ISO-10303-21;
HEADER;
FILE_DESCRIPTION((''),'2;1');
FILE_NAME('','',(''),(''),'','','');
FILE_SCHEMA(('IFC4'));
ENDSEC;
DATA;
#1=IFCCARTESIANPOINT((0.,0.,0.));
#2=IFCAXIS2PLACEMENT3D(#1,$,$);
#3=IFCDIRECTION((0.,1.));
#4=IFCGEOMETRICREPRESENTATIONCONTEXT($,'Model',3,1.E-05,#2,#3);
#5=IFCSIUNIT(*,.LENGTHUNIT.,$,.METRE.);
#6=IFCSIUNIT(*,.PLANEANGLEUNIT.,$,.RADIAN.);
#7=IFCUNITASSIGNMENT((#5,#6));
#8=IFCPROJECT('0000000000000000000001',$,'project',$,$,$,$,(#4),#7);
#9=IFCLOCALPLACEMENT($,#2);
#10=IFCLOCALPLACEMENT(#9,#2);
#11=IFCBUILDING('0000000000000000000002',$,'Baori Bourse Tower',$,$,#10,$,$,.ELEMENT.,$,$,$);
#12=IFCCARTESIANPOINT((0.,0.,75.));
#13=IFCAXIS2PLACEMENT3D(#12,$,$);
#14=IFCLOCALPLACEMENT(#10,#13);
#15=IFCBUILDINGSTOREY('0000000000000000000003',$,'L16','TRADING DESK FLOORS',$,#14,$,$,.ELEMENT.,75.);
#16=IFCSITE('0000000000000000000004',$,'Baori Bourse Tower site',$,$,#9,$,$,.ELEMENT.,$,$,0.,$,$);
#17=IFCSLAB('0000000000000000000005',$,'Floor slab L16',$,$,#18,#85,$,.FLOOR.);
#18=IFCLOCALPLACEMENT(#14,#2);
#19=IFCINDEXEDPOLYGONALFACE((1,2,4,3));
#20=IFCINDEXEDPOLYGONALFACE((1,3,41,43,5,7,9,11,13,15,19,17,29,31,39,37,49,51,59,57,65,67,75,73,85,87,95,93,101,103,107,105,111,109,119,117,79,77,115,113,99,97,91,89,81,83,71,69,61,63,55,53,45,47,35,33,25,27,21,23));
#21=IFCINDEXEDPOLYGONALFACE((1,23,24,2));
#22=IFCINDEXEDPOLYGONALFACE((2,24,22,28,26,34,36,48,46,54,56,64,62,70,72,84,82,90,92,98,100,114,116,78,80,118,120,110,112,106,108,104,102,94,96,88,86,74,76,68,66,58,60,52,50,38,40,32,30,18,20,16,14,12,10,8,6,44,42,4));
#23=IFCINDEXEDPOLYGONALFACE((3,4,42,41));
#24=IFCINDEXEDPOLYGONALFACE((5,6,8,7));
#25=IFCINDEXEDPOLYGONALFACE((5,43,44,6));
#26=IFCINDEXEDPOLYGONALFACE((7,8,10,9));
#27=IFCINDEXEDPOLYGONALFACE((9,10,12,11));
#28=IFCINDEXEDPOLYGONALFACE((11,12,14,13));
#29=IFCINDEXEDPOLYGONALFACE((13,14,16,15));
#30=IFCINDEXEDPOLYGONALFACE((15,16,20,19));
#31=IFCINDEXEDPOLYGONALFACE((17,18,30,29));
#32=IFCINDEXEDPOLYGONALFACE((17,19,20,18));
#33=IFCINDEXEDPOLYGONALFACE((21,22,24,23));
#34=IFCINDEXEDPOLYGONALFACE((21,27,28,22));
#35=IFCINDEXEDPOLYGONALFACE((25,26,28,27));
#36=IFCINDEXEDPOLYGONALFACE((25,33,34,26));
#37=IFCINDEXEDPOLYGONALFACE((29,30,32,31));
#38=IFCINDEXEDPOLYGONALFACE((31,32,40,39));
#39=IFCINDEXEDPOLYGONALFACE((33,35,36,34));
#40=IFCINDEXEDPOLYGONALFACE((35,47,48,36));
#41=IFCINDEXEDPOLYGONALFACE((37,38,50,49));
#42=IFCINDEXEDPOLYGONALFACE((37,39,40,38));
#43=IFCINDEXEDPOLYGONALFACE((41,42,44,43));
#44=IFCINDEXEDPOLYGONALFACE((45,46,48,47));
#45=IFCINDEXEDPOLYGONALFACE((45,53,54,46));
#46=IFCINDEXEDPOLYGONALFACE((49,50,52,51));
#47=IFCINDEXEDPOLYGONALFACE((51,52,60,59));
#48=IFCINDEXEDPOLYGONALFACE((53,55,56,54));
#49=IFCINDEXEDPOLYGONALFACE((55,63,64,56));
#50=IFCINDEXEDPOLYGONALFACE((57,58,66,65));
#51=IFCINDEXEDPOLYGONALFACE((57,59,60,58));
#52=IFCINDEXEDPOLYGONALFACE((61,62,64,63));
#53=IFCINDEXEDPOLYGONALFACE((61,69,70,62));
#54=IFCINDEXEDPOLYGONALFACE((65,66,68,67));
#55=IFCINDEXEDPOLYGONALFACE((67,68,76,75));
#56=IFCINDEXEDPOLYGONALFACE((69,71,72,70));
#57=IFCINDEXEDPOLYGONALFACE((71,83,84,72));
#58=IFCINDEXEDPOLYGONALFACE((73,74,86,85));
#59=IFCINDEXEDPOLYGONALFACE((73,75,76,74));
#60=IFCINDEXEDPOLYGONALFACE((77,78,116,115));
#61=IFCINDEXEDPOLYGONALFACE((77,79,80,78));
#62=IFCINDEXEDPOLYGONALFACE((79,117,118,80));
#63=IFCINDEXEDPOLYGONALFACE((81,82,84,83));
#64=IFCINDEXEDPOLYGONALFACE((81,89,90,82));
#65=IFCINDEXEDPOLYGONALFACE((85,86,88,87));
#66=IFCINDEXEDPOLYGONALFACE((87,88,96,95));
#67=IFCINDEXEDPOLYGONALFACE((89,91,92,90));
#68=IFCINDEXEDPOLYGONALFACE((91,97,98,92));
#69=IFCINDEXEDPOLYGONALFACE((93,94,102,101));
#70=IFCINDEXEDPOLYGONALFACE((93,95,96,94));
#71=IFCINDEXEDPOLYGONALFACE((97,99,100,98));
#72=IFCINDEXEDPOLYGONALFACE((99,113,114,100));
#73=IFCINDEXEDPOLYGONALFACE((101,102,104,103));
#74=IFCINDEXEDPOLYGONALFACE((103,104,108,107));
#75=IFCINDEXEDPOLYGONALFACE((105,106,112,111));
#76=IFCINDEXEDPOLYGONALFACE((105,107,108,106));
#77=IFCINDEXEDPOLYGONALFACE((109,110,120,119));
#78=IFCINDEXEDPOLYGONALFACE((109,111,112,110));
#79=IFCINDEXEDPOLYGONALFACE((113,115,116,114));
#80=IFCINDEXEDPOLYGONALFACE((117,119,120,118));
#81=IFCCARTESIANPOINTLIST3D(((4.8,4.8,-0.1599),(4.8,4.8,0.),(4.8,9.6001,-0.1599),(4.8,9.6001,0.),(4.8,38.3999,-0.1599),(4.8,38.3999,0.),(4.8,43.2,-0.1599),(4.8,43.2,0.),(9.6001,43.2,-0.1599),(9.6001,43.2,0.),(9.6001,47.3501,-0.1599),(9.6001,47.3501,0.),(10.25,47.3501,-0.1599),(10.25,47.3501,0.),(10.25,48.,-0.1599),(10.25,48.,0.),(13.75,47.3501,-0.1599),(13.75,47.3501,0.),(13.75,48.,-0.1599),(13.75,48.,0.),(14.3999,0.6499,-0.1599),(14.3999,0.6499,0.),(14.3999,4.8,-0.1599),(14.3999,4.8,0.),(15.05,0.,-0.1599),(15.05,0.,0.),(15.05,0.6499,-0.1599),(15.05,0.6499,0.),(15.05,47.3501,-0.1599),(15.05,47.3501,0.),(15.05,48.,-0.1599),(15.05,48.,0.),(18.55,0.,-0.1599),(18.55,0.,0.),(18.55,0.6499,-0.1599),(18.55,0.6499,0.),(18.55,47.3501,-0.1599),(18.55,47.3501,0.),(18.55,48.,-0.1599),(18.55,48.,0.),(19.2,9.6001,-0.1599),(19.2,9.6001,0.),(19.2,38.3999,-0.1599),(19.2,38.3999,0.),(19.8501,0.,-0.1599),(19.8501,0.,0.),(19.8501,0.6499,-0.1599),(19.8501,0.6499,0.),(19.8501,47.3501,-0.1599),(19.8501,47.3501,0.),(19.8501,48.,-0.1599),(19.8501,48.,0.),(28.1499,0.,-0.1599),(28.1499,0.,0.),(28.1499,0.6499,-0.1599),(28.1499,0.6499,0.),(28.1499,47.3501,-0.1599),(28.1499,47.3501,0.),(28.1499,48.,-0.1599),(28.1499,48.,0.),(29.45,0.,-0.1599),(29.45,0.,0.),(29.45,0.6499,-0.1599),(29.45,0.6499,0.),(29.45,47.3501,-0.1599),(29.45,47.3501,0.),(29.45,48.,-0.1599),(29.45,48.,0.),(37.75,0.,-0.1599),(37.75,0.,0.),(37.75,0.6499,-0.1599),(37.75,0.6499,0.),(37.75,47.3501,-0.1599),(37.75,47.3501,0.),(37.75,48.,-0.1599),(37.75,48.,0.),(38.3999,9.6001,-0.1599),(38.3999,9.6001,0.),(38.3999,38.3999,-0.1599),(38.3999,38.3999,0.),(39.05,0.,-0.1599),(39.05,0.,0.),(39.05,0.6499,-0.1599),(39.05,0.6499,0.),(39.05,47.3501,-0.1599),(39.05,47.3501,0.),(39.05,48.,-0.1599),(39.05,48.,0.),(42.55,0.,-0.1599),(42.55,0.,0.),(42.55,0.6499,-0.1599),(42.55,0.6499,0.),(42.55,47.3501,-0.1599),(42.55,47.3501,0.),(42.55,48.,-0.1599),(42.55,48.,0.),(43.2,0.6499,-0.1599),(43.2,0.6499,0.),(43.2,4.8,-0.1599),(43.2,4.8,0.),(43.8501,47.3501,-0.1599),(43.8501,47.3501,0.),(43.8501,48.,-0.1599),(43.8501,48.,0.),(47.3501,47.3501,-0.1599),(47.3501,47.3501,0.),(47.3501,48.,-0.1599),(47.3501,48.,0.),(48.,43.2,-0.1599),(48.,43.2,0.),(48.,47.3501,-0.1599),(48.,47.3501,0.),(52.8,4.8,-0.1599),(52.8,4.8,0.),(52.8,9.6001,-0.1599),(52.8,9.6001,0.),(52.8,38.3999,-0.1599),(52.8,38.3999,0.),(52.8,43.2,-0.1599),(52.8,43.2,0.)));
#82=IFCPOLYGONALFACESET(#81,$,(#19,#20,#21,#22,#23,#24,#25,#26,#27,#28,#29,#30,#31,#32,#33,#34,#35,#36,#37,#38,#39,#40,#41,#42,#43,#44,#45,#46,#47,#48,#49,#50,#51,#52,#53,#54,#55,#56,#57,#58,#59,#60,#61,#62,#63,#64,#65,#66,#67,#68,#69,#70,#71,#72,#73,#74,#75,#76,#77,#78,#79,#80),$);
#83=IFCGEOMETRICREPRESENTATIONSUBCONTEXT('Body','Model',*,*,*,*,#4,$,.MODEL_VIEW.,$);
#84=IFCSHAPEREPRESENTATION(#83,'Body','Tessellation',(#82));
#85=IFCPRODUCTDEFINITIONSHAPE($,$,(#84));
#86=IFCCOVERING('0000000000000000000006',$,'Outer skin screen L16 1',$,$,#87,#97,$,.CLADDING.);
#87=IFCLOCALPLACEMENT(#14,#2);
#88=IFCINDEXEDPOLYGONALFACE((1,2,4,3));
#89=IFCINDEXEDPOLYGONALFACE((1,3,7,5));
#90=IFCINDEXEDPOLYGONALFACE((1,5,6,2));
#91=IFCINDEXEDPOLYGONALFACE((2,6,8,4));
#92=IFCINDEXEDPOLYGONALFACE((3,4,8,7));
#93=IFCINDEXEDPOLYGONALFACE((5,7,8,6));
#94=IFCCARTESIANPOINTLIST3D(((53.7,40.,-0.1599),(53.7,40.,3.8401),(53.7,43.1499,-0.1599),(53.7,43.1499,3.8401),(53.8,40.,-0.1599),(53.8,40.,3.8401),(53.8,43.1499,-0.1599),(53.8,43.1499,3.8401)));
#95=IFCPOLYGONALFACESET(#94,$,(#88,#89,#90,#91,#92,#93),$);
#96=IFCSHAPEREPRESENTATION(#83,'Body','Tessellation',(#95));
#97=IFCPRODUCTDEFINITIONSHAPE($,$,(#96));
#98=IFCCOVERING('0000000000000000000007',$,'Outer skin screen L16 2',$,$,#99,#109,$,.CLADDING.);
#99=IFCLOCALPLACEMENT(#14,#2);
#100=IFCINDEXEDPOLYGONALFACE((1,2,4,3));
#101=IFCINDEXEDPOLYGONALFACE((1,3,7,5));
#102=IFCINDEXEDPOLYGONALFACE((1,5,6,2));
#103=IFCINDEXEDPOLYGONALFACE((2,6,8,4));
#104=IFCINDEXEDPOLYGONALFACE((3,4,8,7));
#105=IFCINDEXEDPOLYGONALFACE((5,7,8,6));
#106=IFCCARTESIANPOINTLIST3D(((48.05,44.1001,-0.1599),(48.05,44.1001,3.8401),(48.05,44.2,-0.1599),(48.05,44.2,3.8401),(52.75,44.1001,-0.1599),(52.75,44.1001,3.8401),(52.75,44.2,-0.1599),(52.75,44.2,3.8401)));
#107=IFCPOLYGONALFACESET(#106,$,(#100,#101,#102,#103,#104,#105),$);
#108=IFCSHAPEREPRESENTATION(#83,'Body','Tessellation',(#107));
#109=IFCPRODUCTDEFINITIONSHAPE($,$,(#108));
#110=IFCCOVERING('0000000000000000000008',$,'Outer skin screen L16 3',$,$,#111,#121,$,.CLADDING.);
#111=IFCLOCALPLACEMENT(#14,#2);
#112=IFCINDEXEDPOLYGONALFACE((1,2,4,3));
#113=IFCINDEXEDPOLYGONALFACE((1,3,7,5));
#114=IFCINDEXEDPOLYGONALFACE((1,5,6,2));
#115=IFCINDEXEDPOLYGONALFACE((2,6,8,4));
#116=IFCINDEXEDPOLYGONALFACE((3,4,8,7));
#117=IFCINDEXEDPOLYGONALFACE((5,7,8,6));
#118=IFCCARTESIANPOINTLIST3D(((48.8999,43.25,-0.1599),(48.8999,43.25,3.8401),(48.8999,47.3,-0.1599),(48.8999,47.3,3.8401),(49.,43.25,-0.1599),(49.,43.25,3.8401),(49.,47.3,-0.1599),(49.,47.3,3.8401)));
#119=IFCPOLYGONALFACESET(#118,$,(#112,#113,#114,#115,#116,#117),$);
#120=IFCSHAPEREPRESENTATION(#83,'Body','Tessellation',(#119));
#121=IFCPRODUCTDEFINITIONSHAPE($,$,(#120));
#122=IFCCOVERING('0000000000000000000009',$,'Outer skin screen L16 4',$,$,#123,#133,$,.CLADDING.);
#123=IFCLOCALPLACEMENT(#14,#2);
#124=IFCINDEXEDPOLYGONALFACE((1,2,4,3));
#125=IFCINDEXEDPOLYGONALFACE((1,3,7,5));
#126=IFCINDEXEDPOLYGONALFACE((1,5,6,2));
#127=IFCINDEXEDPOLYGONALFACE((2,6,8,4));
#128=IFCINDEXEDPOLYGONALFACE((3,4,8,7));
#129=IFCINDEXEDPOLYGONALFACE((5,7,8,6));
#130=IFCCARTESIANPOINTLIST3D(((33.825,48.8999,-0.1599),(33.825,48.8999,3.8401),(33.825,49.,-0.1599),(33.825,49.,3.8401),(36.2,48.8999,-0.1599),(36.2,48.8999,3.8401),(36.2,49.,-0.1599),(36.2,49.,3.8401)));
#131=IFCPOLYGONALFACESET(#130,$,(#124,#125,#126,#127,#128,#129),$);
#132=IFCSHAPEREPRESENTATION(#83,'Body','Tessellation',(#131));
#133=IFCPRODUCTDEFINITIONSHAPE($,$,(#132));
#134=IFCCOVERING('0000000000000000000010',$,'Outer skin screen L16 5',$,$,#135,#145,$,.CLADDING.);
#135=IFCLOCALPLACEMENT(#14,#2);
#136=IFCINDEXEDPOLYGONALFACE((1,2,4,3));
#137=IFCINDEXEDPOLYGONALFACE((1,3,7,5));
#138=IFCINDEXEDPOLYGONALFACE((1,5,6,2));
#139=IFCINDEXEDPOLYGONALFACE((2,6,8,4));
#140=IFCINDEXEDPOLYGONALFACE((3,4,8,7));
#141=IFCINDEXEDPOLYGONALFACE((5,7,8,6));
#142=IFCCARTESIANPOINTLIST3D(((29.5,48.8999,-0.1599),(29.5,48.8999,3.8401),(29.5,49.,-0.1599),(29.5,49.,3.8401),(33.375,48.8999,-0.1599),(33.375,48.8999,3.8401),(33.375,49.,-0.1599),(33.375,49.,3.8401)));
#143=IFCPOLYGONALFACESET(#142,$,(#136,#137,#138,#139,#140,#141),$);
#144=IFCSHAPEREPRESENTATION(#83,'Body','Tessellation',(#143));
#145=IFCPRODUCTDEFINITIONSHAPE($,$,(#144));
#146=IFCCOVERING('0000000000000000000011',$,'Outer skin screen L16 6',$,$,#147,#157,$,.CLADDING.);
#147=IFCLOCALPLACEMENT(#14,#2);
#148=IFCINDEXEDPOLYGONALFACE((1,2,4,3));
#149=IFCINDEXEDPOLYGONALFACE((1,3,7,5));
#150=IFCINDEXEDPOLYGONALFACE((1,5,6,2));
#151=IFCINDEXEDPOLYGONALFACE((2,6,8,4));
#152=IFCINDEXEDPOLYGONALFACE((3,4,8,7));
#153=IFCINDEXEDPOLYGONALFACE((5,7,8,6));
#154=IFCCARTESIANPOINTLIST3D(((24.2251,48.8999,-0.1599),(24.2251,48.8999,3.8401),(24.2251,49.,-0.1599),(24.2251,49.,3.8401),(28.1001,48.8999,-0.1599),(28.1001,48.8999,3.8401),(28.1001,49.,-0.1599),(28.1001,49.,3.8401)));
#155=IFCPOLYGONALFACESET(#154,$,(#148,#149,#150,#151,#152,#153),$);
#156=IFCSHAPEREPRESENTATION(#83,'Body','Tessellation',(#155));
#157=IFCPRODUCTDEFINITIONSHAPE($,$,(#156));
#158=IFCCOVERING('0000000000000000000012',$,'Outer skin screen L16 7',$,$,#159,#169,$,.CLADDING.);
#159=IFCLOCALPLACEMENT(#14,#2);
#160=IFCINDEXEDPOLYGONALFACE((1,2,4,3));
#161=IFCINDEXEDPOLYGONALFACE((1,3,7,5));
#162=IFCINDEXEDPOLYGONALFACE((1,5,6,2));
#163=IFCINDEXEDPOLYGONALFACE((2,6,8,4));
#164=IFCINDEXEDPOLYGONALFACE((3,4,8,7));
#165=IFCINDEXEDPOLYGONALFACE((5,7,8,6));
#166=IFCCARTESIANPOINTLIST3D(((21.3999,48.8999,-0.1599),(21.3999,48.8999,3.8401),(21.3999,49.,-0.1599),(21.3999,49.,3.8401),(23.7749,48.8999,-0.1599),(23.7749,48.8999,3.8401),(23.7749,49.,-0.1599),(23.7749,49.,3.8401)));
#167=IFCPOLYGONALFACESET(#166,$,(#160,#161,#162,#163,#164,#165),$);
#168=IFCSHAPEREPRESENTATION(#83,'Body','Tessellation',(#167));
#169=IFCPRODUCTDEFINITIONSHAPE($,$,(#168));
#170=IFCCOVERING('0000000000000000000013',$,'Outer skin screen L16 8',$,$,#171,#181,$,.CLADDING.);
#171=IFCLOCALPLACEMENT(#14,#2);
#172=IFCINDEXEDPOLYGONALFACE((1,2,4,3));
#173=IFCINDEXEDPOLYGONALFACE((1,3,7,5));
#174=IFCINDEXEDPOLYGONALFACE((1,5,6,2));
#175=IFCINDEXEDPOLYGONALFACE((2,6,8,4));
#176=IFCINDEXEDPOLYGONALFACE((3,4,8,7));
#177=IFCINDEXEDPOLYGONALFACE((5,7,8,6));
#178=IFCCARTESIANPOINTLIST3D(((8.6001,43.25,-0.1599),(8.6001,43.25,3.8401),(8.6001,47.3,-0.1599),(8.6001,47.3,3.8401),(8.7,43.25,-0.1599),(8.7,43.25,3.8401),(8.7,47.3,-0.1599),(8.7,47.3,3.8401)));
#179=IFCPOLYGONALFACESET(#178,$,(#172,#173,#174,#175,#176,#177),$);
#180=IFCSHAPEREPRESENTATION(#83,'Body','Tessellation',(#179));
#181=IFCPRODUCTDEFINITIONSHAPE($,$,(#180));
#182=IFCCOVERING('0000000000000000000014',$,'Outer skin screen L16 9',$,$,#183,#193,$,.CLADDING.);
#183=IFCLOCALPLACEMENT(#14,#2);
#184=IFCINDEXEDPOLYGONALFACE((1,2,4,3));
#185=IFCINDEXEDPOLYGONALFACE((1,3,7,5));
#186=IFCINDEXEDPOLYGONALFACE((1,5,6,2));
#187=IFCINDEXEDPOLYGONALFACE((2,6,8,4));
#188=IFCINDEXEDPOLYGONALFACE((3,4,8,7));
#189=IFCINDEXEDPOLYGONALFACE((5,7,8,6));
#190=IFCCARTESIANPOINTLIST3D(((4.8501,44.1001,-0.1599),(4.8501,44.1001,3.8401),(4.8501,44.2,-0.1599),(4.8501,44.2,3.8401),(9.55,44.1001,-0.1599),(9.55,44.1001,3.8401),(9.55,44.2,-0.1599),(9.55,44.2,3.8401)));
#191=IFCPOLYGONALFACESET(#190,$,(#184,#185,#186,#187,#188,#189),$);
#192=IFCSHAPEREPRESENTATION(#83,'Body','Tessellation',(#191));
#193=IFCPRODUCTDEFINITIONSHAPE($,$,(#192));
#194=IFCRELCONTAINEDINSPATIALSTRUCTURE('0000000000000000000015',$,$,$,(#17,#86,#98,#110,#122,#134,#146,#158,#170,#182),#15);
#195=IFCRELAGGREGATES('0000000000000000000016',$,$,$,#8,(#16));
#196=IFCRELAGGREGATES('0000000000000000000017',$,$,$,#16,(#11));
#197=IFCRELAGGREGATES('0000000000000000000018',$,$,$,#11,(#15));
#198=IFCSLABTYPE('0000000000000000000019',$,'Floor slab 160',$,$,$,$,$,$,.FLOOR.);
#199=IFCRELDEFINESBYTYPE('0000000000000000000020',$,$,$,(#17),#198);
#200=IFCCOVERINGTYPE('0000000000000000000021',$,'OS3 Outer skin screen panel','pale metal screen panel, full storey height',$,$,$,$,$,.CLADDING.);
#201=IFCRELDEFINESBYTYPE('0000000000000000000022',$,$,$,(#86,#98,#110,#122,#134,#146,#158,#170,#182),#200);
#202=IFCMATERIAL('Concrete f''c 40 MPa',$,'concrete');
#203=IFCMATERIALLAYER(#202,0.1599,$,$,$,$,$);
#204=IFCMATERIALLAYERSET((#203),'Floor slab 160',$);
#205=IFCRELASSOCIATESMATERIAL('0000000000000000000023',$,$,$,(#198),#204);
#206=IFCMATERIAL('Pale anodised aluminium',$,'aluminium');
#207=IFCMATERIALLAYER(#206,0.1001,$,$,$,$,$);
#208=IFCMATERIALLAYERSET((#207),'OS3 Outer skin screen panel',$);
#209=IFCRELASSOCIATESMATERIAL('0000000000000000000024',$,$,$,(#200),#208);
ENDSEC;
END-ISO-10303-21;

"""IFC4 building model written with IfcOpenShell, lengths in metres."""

from ifc_helpers import new_model, si_unit, direction, frame, origin, place, context, subcontext, project, spatial, polyline, outline, extrude, material, layer, layer_set, type_object, element, save


model = new_model("IFC4")

# Units and contexts
model_context = context("Model", 3, precision=1e-05, world=origin(), true_north=direction((0.0, 1.0)))
body_context = subcontext(model_context, "Body", "Model", "MODEL_VIEW")
ifc_project = project(units=[si_unit("LENGTHUNIT", "METRE"), si_unit("PLANEANGLEUNIT", "RADIAN")], contexts=[model_context])

# Site, building, storey
site_placement = place(None, origin())
site = spatial("IfcSite", under=ifc_project, at=site_placement, Name="Baori Bourse Tower site", CompositionType="ELEMENT", RefElevation=0.0)
building_placement = place(site_placement, origin())
building = spatial("IfcBuilding", under=site, at=building_placement, Name="Baori Bourse Tower", CompositionType="ELEMENT")
storey_placement = place(building_placement, frame((0.0, 0.0, 75.0)))
storey = spatial("IfcBuildingStorey", under=building, at=storey_placement, Name="L16", Description="TRADING DESK FLOORS", CompositionType="ELEMENT", Elevation=75.0)

# Slab
ifc_material_1 = material(Name="Concrete f'c 40 MPa", Category="concrete")
ifc_layer_1 = layer(ifc_material_1, 0.1599)
ifc_layer_set_1 = layer_set([ifc_layer_1], Name="Floor slab 160")
slab_type_1 = type_object("IfcSlabType", Name="Floor slab 160", PredefinedType="FLOOR", material=ifc_layer_set_1)
slab_1_placement = place(storey_placement, frame((0.0, 0.0, -0.1599)))
element("IfcSlab", 1, at=slab_1_placement, inside=storey, type_object=slab_type_1, Name="Floor slab L16", PredefinedType="FLOOR", context=body_context, shape_type="SweptSolid", body=[
    extrude(outline(polyline([(14.3999, 4.8), (4.8, 4.8), (4.8, 9.6001), (19.2, 9.6001), (19.2, 38.3999), (4.8, 38.3999), (4.8, 43.2), (9.6001, 43.2), (9.6001, 47.3501), (10.25, 47.3501), (10.25, 48.0), (13.75, 48.0), (13.75, 47.3501), (15.05, 47.3501), (15.05, 48.0), (18.55, 48.0), (18.55, 47.3501), (19.8501, 47.3501), (19.8501, 48.0), (28.1499, 48.0), (28.1499, 47.3501), (29.45, 47.3501), (29.45, 48.0), (37.75, 48.0), (37.75, 47.3501), (39.05, 47.3501), (39.05, 48.0), (42.55, 48.0), (42.55, 47.3501), (43.8501, 47.3501), (43.8501, 48.0), (47.3501, 48.0), (47.3501, 47.3501), (48.0, 47.3501), (48.0, 43.2), (52.8, 43.2), (52.8, 38.3999), (38.3999, 38.3999), (38.3999, 9.6001), (52.8, 9.6001), (52.8, 4.8), (43.2, 4.8), (43.2, 0.6499), (42.55, 0.6499), (42.55, 0.0), (39.05, 0.0), (39.05, 0.6499), (37.75, 0.6499), (37.75, 0.0), (29.45, 0.0), (29.45, 0.6499), (28.1499, 0.6499), (28.1499, 0.0), (19.8501, 0.0), (19.8501, 0.6499), (18.55, 0.6499), (18.55, 0.0), (15.05, 0.0), (15.05, 0.6499), (14.3999, 0.6499), (14.3999, 4.8)])), origin(), (0.0, 0.0, 1.0), 0.1599),
])

# Coverings
ifc_material_2 = material(Name="Pale anodised aluminium", Category="aluminium")
ifc_layer_2 = layer(ifc_material_2, 0.1001)
ifc_layer_set_2 = layer_set([ifc_layer_2], Name="OS3 Outer skin screen panel")
covering_type = type_object("IfcCoveringType", Name="OS3 Outer skin screen panel", Description="pale metal screen panel, full storey height", PredefinedType="CLADDING", material=ifc_layer_set_2)
covering_1_placement = place(storey_placement, frame((0.0, 0.0, -0.1599)))
element("IfcCovering", 2, at=covering_1_placement, inside=storey, type_object=covering_type, Name="Outer skin screen L16 1", PredefinedType="CLADDING", context=body_context, shape_type="SweptSolid", body=[
    extrude(outline(polyline([(53.7, 43.1499), (53.7, 40.0), (53.8, 40.0), (53.8, 43.1499), (53.7, 43.1499)])), origin(), (0.0, 0.0, 1.0), 4.0),
])
covering_2_placement = place(storey_placement, frame((0.0, 0.0, -0.1599)))
element("IfcCovering", 3, at=covering_2_placement, inside=storey, type_object=covering_type, Name="Outer skin screen L16 2", PredefinedType="CLADDING", context=body_context, shape_type="SweptSolid", body=[
    extrude(outline(polyline([(48.05, 44.1001), (52.75, 44.1001), (52.75, 44.2), (48.05, 44.2), (48.05, 44.1001)])), origin(), (0.0, 0.0, 1.0), 4.0),
])
covering_3_placement = place(storey_placement, frame((0.0, 0.0, -0.1599)))
element("IfcCovering", 4, at=covering_3_placement, inside=storey, type_object=covering_type, Name="Outer skin screen L16 3", PredefinedType="CLADDING", context=body_context, shape_type="SweptSolid", body=[
    extrude(outline(polyline([(48.8999, 47.3), (48.8999, 43.25), (49.0, 43.25), (49.0, 47.3), (48.8999, 47.3)])), origin(), (0.0, 0.0, 1.0), 4.0),
])
covering_4_placement = place(storey_placement, frame((0.0, 0.0, -0.1599)))
element("IfcCovering", 5, at=covering_4_placement, inside=storey, type_object=covering_type, Name="Outer skin screen L16 4", PredefinedType="CLADDING", context=body_context, shape_type="SweptSolid", body=[
    extrude(outline(polyline([(33.825, 48.8999), (36.2, 48.8999), (36.2, 49.0), (33.825, 49.0), (33.825, 48.8999)])), origin(), (0.0, 0.0, 1.0), 4.0),
])
covering_5_placement = place(storey_placement, frame((0.0, 0.0, -0.1599)))
element("IfcCovering", 6, at=covering_5_placement, inside=storey, type_object=covering_type, Name="Outer skin screen L16 5", PredefinedType="CLADDING", context=body_context, shape_type="SweptSolid", body=[
    extrude(outline(polyline([(29.5, 48.8999), (33.375, 48.8999), (33.375, 49.0), (29.5, 49.0), (29.5, 48.8999)])), origin(), (0.0, 0.0, 1.0), 4.0),
])
covering_6_placement = place(storey_placement, frame((0.0, 0.0, -0.1599)))
element("IfcCovering", 7, at=covering_6_placement, inside=storey, type_object=covering_type, Name="Outer skin screen L16 6", PredefinedType="CLADDING", context=body_context, shape_type="SweptSolid", body=[
    extrude(outline(polyline([(24.2251, 48.8999), (28.1001, 48.8999), (28.1001, 49.0), (24.2251, 49.0), (24.2251, 48.8999)])), origin(), (0.0, 0.0, 1.0), 4.0),
])
covering_7_placement = place(storey_placement, frame((0.0, 0.0, -0.1599)))
element("IfcCovering", 8, at=covering_7_placement, inside=storey, type_object=covering_type, Name="Outer skin screen L16 7", PredefinedType="CLADDING", context=body_context, shape_type="SweptSolid", body=[
    extrude(outline(polyline([(21.3999, 48.8999), (23.7749, 48.8999), (23.7749, 49.0), (21.3999, 49.0), (21.3999, 48.8999)])), origin(), (0.0, 0.0, 1.0), 4.0),
])
covering_8_placement = place(storey_placement, frame((0.0, 0.0, -0.1599)))
element("IfcCovering", 9, at=covering_8_placement, inside=storey, type_object=covering_type, Name="Outer skin screen L16 8", PredefinedType="CLADDING", context=body_context, shape_type="SweptSolid", body=[
    extrude(outline(polyline([(8.7, 43.25), (8.7, 47.3), (8.6001, 47.3), (8.6001, 43.25), (8.7, 43.25)])), origin(), (0.0, 0.0, 1.0), 4.0),
])
covering_9_placement = place(storey_placement, frame((0.0, 0.0, -0.1599)))
element("IfcCovering", 10, at=covering_9_placement, inside=storey, type_object=covering_type, Name="Outer skin screen L16 9", PredefinedType="CLADDING", context=body_context, shape_type="SweptSolid", body=[
    extrude(outline(polyline([(4.8501, 44.1001), (9.55, 44.1001), (9.55, 44.2), (4.8501, 44.2), (4.8501, 44.1001)])), origin(), (0.0, 0.0, 1.0), 4.0),
])

save(model, "model.ifc")
